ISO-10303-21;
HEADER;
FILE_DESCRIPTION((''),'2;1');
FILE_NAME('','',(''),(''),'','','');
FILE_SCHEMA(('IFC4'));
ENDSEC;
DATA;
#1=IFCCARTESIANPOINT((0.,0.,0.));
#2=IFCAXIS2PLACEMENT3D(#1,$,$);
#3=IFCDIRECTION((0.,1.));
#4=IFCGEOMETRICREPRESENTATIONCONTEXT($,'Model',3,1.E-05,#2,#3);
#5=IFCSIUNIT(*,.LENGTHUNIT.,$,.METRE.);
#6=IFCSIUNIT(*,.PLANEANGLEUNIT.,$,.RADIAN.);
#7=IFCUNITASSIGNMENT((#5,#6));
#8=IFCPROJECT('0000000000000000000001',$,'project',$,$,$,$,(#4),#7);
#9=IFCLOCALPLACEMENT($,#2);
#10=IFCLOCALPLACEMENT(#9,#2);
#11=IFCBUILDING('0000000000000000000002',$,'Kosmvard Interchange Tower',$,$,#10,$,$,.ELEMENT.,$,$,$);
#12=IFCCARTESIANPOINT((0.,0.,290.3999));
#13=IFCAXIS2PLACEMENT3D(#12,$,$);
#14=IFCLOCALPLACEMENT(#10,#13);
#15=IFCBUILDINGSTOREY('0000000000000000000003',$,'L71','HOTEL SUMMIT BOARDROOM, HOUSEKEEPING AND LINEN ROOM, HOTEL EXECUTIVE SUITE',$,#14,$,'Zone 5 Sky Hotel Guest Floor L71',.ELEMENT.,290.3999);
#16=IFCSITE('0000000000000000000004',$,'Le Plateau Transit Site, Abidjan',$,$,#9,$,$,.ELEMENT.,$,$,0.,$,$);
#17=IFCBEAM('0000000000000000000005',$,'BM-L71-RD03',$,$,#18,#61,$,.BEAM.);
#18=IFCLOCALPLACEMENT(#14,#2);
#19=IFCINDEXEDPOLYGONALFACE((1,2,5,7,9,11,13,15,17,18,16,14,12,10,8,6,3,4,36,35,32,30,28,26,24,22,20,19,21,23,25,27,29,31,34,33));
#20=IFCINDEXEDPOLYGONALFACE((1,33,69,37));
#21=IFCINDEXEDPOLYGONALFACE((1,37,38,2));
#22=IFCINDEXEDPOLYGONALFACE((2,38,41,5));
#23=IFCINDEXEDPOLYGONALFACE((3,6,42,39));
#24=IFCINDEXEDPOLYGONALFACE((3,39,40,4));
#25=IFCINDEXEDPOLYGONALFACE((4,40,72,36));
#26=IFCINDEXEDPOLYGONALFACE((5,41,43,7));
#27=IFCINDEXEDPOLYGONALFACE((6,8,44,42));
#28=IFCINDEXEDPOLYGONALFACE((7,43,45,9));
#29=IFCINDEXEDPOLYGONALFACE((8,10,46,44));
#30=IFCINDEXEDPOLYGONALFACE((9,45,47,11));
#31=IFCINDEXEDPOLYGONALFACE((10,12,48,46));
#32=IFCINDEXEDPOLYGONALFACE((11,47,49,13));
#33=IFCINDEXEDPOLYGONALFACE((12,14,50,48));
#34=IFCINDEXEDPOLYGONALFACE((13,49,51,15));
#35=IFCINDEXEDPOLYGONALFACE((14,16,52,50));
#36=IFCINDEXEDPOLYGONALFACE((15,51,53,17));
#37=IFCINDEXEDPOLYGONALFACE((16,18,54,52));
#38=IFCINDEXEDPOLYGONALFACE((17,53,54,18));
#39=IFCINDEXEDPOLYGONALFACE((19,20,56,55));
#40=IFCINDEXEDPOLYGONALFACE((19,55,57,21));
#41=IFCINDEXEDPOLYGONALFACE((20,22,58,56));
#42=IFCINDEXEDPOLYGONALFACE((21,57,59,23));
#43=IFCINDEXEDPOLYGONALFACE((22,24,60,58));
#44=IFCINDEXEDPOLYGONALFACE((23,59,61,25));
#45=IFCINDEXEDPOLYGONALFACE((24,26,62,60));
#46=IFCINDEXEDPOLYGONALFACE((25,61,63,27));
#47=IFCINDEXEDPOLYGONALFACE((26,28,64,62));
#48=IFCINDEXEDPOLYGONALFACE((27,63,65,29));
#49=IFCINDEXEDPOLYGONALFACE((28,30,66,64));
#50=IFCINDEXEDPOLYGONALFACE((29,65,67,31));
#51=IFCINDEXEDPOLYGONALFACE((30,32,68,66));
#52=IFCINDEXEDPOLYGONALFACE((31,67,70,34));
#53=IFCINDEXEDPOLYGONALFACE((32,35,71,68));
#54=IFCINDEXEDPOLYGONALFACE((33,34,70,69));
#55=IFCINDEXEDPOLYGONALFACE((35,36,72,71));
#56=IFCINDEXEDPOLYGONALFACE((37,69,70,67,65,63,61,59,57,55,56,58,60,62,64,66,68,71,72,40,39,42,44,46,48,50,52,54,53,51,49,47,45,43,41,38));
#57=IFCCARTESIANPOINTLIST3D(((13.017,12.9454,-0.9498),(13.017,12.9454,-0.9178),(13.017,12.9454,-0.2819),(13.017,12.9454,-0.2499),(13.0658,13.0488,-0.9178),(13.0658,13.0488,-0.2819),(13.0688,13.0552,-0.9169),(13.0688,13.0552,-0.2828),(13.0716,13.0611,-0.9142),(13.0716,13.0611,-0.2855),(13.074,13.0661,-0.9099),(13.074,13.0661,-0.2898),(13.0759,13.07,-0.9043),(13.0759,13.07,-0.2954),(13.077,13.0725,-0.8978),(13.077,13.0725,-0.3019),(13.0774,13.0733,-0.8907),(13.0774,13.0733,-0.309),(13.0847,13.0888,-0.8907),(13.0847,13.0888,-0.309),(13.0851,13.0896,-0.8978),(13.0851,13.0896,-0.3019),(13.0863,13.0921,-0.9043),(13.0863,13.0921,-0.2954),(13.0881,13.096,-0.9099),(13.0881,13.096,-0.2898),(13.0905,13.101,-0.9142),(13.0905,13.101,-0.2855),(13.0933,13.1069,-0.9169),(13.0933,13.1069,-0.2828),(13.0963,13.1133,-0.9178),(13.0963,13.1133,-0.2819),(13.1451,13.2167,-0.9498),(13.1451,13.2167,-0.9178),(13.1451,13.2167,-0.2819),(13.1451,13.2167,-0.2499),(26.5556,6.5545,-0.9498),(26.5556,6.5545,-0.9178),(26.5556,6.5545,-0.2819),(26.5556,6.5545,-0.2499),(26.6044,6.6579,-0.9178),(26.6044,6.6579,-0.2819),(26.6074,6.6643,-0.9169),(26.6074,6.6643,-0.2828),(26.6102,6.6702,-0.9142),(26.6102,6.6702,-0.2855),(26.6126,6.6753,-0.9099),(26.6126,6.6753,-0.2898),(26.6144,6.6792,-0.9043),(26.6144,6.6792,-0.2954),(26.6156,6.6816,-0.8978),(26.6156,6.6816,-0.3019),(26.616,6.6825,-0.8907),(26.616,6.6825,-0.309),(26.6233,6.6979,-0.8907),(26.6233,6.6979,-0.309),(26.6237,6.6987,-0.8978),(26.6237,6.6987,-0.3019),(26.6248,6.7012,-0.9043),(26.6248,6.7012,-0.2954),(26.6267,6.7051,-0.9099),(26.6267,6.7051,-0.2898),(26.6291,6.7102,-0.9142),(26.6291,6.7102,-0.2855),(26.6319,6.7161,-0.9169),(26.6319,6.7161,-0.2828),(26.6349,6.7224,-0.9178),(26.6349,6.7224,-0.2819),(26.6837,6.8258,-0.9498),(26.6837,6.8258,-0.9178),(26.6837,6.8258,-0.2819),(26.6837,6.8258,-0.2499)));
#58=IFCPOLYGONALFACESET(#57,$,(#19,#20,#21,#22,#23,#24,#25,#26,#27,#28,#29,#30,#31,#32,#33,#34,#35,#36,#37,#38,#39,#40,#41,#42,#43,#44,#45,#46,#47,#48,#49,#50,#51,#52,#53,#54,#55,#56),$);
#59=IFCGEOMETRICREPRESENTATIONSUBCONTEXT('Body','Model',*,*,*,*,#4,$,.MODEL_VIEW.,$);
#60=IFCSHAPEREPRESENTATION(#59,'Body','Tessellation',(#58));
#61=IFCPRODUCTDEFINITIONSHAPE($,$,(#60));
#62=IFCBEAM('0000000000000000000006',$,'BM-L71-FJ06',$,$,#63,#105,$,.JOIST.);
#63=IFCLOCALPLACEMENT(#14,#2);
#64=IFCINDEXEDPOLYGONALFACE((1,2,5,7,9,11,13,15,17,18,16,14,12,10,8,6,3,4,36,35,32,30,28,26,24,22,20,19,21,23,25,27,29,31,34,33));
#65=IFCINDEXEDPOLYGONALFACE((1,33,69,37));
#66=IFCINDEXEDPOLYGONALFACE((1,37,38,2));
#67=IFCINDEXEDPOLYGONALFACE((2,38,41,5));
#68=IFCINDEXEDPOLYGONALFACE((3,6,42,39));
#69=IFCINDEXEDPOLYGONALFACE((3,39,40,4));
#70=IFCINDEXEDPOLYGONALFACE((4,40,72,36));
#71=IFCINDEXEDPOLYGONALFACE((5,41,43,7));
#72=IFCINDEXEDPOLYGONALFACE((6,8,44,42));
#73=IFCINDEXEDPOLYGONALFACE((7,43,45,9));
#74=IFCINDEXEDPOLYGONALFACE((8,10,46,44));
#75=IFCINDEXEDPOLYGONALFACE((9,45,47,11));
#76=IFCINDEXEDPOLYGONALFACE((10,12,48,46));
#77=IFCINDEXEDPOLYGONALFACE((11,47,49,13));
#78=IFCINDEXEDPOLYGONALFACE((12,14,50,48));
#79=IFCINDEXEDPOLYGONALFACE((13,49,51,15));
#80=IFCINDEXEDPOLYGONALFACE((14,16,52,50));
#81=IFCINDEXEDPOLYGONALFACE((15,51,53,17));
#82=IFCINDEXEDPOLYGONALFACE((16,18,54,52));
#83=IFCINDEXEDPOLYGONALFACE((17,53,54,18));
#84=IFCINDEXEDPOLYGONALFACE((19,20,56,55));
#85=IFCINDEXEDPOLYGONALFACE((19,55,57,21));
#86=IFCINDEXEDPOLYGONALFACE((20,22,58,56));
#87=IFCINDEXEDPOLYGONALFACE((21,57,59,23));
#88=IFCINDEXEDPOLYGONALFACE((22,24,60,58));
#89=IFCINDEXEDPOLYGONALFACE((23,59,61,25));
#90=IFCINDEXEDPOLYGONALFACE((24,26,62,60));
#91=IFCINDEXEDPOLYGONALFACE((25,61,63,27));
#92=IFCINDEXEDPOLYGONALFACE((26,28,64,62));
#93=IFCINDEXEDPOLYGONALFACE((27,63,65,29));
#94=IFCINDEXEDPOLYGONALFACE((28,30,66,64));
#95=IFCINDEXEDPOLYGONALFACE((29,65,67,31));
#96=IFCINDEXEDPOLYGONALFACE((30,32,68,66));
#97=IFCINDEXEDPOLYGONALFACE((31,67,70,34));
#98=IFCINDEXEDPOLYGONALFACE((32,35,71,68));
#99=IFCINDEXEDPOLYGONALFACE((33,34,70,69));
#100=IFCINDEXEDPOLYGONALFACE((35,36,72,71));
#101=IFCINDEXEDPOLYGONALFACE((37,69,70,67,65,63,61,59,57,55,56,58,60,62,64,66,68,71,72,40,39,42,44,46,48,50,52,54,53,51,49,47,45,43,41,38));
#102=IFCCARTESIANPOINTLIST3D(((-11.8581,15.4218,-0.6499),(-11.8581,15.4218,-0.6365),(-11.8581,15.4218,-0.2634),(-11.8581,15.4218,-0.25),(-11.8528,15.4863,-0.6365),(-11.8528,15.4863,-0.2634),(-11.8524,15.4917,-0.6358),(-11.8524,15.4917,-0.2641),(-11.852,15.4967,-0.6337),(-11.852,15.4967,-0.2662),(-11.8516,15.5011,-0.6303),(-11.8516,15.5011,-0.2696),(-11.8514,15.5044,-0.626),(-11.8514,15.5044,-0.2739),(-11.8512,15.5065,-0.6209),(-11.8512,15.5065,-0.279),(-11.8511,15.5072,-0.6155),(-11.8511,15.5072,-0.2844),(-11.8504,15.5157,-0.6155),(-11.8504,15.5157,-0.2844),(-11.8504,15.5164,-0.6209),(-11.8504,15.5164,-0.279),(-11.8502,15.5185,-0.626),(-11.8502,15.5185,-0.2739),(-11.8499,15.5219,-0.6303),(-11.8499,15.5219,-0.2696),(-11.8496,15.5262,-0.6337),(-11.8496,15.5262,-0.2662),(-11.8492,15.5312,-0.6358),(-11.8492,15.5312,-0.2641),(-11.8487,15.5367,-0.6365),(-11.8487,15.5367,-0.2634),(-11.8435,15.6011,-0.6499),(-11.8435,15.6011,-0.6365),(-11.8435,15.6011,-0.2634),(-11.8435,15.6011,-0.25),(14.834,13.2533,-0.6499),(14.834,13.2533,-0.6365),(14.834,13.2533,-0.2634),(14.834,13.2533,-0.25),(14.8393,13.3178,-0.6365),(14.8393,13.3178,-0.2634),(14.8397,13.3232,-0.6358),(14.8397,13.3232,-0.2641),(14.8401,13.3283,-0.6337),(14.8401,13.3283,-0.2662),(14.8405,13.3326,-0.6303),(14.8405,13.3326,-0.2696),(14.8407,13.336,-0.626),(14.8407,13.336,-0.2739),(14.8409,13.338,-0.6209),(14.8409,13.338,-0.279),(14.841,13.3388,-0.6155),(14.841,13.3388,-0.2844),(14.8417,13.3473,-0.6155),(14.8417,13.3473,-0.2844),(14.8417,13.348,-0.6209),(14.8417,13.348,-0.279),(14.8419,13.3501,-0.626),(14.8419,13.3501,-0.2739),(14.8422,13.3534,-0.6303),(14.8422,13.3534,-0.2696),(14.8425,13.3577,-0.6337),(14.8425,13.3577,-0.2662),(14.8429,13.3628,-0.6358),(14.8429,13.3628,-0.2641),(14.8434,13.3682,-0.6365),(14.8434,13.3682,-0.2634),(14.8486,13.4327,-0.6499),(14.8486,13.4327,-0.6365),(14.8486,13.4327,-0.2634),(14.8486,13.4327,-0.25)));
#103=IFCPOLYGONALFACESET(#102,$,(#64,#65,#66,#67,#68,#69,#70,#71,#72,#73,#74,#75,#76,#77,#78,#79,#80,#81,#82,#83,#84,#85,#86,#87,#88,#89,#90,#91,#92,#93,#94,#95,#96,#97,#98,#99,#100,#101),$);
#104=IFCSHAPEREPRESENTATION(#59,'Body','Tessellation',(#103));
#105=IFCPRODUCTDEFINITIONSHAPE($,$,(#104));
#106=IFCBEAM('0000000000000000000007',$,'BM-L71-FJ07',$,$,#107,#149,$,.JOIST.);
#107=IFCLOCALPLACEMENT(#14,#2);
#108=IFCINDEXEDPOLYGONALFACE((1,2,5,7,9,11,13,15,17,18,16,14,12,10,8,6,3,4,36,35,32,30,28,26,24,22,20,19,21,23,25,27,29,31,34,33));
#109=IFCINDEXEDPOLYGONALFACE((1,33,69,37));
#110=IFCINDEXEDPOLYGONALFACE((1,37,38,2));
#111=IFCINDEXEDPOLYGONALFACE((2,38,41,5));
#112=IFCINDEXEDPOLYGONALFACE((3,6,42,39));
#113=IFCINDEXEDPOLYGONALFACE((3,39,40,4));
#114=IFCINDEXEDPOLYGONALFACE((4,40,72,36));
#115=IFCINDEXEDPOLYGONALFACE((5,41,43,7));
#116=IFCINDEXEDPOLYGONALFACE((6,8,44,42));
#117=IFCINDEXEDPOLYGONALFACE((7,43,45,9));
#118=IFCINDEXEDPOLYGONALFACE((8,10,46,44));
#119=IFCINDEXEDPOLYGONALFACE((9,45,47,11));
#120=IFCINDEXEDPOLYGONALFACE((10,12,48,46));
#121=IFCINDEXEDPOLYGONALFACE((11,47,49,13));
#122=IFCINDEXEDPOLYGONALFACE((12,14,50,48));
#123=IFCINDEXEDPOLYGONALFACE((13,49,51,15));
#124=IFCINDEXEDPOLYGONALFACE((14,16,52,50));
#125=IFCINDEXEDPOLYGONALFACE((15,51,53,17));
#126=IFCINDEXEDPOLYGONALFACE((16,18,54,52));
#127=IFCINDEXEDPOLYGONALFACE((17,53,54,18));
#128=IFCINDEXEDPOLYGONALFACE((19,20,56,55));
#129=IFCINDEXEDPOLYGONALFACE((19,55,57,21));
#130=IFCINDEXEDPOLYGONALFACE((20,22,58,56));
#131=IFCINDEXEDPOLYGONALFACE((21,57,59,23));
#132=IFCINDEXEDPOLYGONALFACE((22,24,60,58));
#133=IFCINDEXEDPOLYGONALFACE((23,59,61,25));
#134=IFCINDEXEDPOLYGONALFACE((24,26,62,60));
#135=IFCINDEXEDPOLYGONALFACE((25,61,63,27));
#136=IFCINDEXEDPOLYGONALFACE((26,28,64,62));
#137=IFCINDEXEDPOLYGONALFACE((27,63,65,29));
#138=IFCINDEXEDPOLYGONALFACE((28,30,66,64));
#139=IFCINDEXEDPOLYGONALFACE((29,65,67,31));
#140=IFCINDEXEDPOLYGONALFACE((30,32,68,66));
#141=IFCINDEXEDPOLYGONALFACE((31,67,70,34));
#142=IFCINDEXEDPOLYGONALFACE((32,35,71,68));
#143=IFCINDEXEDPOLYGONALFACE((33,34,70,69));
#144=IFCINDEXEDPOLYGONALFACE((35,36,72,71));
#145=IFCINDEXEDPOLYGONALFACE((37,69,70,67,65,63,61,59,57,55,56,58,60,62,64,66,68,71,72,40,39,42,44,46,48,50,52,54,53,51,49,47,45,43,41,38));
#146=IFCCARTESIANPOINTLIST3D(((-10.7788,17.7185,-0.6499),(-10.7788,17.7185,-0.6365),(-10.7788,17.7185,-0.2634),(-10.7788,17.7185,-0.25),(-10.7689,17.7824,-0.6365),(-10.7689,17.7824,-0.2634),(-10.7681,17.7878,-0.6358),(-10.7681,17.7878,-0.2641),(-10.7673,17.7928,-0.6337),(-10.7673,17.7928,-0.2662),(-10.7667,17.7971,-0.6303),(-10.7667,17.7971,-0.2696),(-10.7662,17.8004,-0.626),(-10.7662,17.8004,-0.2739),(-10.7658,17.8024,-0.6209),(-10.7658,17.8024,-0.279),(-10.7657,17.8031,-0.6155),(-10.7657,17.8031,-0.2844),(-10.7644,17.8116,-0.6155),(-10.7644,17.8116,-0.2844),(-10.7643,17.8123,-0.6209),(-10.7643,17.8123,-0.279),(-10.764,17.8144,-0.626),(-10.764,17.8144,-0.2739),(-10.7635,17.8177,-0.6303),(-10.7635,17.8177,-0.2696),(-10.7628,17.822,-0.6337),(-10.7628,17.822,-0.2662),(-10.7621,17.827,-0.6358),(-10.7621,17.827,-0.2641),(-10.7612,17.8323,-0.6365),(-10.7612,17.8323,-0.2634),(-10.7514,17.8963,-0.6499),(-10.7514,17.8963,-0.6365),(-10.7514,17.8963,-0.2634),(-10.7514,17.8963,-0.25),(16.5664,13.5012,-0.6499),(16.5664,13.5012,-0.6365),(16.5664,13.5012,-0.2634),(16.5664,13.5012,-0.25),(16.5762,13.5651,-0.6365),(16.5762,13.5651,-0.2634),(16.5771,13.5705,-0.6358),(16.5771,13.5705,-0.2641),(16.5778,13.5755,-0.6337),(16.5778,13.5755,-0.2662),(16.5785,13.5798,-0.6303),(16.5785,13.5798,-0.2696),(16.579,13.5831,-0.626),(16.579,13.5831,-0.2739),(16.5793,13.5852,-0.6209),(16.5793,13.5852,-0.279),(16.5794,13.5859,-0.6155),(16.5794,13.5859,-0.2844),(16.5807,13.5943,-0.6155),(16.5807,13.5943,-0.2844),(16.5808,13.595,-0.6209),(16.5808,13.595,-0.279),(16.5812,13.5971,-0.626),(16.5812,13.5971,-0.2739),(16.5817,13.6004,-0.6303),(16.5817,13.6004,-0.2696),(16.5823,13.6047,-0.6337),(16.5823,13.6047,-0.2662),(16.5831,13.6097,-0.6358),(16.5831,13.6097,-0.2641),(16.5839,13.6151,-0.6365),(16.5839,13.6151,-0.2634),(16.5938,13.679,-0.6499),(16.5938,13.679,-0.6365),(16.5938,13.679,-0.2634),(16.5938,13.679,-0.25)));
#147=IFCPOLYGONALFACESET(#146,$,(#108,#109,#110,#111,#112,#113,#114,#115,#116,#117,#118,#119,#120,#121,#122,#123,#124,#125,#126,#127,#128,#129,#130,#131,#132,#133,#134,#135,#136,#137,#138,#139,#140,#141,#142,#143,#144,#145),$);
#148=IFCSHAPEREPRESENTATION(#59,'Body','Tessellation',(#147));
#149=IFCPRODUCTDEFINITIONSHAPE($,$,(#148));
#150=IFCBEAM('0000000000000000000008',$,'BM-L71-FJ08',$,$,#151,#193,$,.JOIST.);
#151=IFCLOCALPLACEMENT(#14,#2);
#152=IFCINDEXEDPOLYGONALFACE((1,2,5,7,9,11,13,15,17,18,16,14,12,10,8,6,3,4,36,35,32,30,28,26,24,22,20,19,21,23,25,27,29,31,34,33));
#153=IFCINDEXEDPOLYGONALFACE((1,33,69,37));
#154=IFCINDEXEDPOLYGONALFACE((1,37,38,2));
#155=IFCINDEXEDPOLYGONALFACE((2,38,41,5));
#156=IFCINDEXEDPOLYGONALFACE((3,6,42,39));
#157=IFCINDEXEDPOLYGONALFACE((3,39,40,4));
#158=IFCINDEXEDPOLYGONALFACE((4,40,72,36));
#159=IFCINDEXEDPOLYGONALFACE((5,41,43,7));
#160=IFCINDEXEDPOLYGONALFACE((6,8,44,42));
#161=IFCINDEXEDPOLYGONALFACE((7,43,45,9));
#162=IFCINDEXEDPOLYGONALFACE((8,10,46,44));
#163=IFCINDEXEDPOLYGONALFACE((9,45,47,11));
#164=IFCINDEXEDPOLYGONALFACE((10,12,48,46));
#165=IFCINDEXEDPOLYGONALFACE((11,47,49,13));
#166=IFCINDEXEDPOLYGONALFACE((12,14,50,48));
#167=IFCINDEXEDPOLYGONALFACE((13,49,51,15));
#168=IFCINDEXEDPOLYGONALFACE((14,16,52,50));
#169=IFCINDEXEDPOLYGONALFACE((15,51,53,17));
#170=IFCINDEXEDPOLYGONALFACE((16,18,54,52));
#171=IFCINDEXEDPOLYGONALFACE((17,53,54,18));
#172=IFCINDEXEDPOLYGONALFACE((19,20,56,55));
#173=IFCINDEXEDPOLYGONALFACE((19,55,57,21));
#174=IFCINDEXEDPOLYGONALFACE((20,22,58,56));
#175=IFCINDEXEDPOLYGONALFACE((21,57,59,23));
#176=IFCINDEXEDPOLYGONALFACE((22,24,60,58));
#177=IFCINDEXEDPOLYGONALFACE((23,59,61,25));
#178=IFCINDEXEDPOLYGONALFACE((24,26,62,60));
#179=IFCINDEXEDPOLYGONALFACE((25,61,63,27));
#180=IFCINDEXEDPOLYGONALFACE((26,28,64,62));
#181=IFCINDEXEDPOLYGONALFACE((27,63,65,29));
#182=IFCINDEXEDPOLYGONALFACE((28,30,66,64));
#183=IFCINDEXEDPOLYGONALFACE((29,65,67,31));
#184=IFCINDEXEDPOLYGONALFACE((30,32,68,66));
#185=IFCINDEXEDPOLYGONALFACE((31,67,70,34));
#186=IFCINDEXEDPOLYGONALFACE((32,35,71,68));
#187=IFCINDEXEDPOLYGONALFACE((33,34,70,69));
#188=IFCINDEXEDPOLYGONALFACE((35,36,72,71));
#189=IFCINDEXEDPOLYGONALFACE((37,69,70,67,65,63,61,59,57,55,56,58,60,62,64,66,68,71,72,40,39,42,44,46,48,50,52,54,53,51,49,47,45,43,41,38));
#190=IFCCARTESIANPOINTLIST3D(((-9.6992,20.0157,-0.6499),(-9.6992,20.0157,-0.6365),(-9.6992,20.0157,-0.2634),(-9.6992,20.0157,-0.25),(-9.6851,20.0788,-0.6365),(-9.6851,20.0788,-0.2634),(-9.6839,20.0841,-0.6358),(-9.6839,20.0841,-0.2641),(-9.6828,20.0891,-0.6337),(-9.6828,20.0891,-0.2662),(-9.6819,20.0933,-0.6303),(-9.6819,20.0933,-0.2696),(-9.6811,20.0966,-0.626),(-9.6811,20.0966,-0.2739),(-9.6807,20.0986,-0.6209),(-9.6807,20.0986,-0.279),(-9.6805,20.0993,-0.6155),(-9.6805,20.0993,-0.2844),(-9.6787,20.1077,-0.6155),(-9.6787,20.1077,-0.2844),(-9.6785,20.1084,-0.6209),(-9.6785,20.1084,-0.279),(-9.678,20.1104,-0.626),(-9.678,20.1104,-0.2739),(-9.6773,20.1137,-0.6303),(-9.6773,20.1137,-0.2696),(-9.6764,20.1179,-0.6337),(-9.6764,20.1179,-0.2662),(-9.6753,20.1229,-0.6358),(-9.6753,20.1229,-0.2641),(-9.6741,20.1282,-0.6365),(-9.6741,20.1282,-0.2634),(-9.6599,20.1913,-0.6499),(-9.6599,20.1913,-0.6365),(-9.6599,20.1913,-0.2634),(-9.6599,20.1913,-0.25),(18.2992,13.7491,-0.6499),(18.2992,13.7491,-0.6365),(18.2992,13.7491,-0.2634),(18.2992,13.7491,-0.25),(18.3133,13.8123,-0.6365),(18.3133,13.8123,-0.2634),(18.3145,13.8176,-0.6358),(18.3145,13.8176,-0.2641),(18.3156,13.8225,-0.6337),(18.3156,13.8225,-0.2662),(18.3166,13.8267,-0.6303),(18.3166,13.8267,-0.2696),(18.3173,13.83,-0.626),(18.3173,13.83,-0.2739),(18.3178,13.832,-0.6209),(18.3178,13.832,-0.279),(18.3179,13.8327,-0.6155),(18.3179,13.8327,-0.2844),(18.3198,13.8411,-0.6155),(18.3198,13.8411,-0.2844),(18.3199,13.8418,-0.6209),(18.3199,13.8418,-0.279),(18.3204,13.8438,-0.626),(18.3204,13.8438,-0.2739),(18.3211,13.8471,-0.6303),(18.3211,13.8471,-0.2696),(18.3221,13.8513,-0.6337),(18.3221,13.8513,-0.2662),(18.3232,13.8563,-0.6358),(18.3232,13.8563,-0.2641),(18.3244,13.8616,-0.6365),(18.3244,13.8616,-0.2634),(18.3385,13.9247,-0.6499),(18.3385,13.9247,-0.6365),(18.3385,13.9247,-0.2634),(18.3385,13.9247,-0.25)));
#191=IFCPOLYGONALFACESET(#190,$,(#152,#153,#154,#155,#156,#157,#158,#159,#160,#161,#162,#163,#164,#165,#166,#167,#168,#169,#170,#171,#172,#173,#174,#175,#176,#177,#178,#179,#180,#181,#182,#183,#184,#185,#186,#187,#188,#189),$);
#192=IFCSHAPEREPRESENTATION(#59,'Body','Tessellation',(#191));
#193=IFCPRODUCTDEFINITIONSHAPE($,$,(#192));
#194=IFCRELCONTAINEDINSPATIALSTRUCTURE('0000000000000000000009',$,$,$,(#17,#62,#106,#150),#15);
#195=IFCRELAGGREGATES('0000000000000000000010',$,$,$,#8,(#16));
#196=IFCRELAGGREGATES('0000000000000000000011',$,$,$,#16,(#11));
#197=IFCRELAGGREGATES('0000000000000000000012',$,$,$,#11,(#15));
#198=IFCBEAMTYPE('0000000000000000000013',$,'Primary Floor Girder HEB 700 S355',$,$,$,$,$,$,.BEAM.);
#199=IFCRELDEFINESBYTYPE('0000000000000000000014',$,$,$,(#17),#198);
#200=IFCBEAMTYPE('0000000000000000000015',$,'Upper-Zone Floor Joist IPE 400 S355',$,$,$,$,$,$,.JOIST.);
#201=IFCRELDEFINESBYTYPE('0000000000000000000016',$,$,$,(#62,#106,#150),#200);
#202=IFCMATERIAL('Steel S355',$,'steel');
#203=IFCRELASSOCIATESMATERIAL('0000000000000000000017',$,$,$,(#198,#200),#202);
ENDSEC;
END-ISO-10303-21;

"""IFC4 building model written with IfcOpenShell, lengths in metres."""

from ifc_helpers import new_model, si_unit, direction, frame, origin, origin_2d, place, context, subcontext, project, spatial, i_section, extrude, source, transform, mapped, material, material_profile, profile_set, type_object, element, save


model = new_model("IFC4")

# Units and contexts
model_context = context("Model", 3, precision=1e-05, world=origin(), true_north=direction((0.0, 1.0)))
body_context = subcontext(model_context, "Body", "Model", "MODEL_VIEW")
ifc_project = project(units=[si_unit("LENGTHUNIT", "METRE"), si_unit("PLANEANGLEUNIT", "RADIAN")], contexts=[model_context])

# Site, building, storey
site_placement = place(None, origin())
site = spatial("IfcSite", under=ifc_project, at=site_placement, Name="Le Plateau Transit Site, Abidjan", CompositionType="ELEMENT", RefElevation=0.0)
building_placement = place(site_placement, origin())
building = spatial("IfcBuilding", under=site, at=building_placement, Name="Kosmvard Interchange Tower", CompositionType="ELEMENT")
storey_placement = place(building_placement, frame((0.0, 0.0, 290.3999)))
storey = spatial("IfcBuildingStorey", under=building, at=storey_placement, Name="L71", Description="HOTEL SUMMIT BOARDROOM, HOUSEKEEPING AND LINEN ROOM, HOTEL EXECUTIVE SUITE", LongName="Zone 5 Sky Hotel Guest Floor L71", CompositionType="ELEMENT", Elevation=290.3999)

# Beams
ifc_material_1 = material(Name="Steel S355", Category="steel")
ifc_material_profile_1 = material_profile(ifc_material_1, i_section(OverallWidth=0.3, OverallDepth=0.7, WebThickness=0.0171, FlangeThickness=0.032, FilletRadius=0.0271, at=origin_2d()), Name="HEB 700")
ifc_profile_set_1 = profile_set([ifc_material_profile_1], Name="Steel S355")
beam_type_1 = type_object("IfcBeamType", Name="Primary Floor Girder HEB 700 S355", PredefinedType="BEAM", material=ifc_profile_set_1)
shared_shape_1 = source(origin(), body_context, "Body", "SweptSolid", [
    extrude(i_section(OverallWidth=0.3, OverallDepth=0.7, WebThickness=0.0171, FlangeThickness=0.032, FilletRadius=0.0271, at=origin_2d()), origin(), (0.0, 0.0, 1.0), 14.9712),
])
beam_1_placement = place(storey_placement, frame((13.0811, 13.0811, -0.5999), z_axis=(0.904309, -0.426878, 0.0), x_axis=(0.426878, 0.904309, 0.0)))
element("IfcBeam", 1, at=beam_1_placement, inside=storey, type_object=beam_type_1, Name="BM-L71-RD03", PredefinedType="BEAM", context=body_context, shape_type="MappedRepresentation", body=[
    mapped(shared_shape_1, transform((0.0, 0.0, 0.0), scale=1.0)),
])
ifc_material_profile_2 = material_profile(ifc_material_1, i_section(OverallWidth=0.1799, OverallDepth=0.3999, WebThickness=0.0085, FlangeThickness=0.0134, FilletRadius=0.021, at=origin_2d()), Name="IPE 400")
ifc_profile_set_2 = profile_set([ifc_material_profile_2], Name="Steel S355")
beam_type_2 = type_object("IfcBeamType", Name="Upper-Zone Floor Joist IPE 400 S355", PredefinedType="JOIST", material=ifc_profile_set_2)
shared_shape_2 = source(origin(), body_context, "Body", "SweptSolid", [
    extrude(i_section(OverallWidth=0.1799, OverallDepth=0.3999, WebThickness=0.0085, FlangeThickness=0.0134, FilletRadius=0.021, at=origin_2d()), origin(), (0.0, 0.0, 1.0), 26.78),
])
beam_2_placement = place(storey_placement, frame((14.8413, 13.343, -0.45), z_axis=(-0.996716, 0.080973, 0.0), x_axis=(-0.080973, -0.996716, 0.0)))
element("IfcBeam", 2, at=beam_2_placement, inside=storey, type_object=beam_type_2, Name="BM-L71-FJ06", PredefinedType="JOIST", context=body_context, shape_type="MappedRepresentation", body=[
    mapped(shared_shape_2, transform((0.0, 0.0, 0.0), scale=1.0)),
])
shared_shape_3 = source(origin(), body_context, "Body", "SweptSolid", [
    extrude(i_section(OverallWidth=0.1799, OverallDepth=0.3999, WebThickness=0.0085, FlangeThickness=0.0134, FilletRadius=0.021, at=origin_2d()), origin(), (0.0, 0.0, 1.0), 27.6685),
])
beam_3_placement = place(storey_placement, frame((16.5801, 13.5901, -0.45), z_axis=(-0.988316, 0.152422, 0.0), x_axis=(-0.152422, -0.988316, 0.0)))
element("IfcBeam", 3, at=beam_3_placement, inside=storey, type_object=beam_type_2, Name="BM-L71-FJ07", PredefinedType="JOIST", context=body_context, shape_type="MappedRepresentation", body=[
    mapped(shared_shape_3, transform((0.0, 0.0, 0.0), scale=1.0)),
])
shared_shape_4 = source(origin(), body_context, "Body", "SweptSolid", [
    extrude(i_section(OverallWidth=0.1799, OverallDepth=0.3999, WebThickness=0.0085, FlangeThickness=0.0134, FilletRadius=0.021, at=origin_2d()), origin(), (0.0, 0.0, 1.0), 28.6912),
])
beam_4_placement = place(storey_placement, frame((18.3188, 13.8369, -0.45), z_axis=(-0.975856, 0.218415, 0.0), x_axis=(-0.218415, -0.975856, 0.0)))
element("IfcBeam", 4, at=beam_4_placement, inside=storey, type_object=beam_type_2, Name="BM-L71-FJ08", PredefinedType="JOIST", context=body_context, shape_type="MappedRepresentation", body=[
    mapped(shared_shape_4, transform((0.0, 0.0, 0.0), scale=1.0)),
])

save(model, "model.ifc")
